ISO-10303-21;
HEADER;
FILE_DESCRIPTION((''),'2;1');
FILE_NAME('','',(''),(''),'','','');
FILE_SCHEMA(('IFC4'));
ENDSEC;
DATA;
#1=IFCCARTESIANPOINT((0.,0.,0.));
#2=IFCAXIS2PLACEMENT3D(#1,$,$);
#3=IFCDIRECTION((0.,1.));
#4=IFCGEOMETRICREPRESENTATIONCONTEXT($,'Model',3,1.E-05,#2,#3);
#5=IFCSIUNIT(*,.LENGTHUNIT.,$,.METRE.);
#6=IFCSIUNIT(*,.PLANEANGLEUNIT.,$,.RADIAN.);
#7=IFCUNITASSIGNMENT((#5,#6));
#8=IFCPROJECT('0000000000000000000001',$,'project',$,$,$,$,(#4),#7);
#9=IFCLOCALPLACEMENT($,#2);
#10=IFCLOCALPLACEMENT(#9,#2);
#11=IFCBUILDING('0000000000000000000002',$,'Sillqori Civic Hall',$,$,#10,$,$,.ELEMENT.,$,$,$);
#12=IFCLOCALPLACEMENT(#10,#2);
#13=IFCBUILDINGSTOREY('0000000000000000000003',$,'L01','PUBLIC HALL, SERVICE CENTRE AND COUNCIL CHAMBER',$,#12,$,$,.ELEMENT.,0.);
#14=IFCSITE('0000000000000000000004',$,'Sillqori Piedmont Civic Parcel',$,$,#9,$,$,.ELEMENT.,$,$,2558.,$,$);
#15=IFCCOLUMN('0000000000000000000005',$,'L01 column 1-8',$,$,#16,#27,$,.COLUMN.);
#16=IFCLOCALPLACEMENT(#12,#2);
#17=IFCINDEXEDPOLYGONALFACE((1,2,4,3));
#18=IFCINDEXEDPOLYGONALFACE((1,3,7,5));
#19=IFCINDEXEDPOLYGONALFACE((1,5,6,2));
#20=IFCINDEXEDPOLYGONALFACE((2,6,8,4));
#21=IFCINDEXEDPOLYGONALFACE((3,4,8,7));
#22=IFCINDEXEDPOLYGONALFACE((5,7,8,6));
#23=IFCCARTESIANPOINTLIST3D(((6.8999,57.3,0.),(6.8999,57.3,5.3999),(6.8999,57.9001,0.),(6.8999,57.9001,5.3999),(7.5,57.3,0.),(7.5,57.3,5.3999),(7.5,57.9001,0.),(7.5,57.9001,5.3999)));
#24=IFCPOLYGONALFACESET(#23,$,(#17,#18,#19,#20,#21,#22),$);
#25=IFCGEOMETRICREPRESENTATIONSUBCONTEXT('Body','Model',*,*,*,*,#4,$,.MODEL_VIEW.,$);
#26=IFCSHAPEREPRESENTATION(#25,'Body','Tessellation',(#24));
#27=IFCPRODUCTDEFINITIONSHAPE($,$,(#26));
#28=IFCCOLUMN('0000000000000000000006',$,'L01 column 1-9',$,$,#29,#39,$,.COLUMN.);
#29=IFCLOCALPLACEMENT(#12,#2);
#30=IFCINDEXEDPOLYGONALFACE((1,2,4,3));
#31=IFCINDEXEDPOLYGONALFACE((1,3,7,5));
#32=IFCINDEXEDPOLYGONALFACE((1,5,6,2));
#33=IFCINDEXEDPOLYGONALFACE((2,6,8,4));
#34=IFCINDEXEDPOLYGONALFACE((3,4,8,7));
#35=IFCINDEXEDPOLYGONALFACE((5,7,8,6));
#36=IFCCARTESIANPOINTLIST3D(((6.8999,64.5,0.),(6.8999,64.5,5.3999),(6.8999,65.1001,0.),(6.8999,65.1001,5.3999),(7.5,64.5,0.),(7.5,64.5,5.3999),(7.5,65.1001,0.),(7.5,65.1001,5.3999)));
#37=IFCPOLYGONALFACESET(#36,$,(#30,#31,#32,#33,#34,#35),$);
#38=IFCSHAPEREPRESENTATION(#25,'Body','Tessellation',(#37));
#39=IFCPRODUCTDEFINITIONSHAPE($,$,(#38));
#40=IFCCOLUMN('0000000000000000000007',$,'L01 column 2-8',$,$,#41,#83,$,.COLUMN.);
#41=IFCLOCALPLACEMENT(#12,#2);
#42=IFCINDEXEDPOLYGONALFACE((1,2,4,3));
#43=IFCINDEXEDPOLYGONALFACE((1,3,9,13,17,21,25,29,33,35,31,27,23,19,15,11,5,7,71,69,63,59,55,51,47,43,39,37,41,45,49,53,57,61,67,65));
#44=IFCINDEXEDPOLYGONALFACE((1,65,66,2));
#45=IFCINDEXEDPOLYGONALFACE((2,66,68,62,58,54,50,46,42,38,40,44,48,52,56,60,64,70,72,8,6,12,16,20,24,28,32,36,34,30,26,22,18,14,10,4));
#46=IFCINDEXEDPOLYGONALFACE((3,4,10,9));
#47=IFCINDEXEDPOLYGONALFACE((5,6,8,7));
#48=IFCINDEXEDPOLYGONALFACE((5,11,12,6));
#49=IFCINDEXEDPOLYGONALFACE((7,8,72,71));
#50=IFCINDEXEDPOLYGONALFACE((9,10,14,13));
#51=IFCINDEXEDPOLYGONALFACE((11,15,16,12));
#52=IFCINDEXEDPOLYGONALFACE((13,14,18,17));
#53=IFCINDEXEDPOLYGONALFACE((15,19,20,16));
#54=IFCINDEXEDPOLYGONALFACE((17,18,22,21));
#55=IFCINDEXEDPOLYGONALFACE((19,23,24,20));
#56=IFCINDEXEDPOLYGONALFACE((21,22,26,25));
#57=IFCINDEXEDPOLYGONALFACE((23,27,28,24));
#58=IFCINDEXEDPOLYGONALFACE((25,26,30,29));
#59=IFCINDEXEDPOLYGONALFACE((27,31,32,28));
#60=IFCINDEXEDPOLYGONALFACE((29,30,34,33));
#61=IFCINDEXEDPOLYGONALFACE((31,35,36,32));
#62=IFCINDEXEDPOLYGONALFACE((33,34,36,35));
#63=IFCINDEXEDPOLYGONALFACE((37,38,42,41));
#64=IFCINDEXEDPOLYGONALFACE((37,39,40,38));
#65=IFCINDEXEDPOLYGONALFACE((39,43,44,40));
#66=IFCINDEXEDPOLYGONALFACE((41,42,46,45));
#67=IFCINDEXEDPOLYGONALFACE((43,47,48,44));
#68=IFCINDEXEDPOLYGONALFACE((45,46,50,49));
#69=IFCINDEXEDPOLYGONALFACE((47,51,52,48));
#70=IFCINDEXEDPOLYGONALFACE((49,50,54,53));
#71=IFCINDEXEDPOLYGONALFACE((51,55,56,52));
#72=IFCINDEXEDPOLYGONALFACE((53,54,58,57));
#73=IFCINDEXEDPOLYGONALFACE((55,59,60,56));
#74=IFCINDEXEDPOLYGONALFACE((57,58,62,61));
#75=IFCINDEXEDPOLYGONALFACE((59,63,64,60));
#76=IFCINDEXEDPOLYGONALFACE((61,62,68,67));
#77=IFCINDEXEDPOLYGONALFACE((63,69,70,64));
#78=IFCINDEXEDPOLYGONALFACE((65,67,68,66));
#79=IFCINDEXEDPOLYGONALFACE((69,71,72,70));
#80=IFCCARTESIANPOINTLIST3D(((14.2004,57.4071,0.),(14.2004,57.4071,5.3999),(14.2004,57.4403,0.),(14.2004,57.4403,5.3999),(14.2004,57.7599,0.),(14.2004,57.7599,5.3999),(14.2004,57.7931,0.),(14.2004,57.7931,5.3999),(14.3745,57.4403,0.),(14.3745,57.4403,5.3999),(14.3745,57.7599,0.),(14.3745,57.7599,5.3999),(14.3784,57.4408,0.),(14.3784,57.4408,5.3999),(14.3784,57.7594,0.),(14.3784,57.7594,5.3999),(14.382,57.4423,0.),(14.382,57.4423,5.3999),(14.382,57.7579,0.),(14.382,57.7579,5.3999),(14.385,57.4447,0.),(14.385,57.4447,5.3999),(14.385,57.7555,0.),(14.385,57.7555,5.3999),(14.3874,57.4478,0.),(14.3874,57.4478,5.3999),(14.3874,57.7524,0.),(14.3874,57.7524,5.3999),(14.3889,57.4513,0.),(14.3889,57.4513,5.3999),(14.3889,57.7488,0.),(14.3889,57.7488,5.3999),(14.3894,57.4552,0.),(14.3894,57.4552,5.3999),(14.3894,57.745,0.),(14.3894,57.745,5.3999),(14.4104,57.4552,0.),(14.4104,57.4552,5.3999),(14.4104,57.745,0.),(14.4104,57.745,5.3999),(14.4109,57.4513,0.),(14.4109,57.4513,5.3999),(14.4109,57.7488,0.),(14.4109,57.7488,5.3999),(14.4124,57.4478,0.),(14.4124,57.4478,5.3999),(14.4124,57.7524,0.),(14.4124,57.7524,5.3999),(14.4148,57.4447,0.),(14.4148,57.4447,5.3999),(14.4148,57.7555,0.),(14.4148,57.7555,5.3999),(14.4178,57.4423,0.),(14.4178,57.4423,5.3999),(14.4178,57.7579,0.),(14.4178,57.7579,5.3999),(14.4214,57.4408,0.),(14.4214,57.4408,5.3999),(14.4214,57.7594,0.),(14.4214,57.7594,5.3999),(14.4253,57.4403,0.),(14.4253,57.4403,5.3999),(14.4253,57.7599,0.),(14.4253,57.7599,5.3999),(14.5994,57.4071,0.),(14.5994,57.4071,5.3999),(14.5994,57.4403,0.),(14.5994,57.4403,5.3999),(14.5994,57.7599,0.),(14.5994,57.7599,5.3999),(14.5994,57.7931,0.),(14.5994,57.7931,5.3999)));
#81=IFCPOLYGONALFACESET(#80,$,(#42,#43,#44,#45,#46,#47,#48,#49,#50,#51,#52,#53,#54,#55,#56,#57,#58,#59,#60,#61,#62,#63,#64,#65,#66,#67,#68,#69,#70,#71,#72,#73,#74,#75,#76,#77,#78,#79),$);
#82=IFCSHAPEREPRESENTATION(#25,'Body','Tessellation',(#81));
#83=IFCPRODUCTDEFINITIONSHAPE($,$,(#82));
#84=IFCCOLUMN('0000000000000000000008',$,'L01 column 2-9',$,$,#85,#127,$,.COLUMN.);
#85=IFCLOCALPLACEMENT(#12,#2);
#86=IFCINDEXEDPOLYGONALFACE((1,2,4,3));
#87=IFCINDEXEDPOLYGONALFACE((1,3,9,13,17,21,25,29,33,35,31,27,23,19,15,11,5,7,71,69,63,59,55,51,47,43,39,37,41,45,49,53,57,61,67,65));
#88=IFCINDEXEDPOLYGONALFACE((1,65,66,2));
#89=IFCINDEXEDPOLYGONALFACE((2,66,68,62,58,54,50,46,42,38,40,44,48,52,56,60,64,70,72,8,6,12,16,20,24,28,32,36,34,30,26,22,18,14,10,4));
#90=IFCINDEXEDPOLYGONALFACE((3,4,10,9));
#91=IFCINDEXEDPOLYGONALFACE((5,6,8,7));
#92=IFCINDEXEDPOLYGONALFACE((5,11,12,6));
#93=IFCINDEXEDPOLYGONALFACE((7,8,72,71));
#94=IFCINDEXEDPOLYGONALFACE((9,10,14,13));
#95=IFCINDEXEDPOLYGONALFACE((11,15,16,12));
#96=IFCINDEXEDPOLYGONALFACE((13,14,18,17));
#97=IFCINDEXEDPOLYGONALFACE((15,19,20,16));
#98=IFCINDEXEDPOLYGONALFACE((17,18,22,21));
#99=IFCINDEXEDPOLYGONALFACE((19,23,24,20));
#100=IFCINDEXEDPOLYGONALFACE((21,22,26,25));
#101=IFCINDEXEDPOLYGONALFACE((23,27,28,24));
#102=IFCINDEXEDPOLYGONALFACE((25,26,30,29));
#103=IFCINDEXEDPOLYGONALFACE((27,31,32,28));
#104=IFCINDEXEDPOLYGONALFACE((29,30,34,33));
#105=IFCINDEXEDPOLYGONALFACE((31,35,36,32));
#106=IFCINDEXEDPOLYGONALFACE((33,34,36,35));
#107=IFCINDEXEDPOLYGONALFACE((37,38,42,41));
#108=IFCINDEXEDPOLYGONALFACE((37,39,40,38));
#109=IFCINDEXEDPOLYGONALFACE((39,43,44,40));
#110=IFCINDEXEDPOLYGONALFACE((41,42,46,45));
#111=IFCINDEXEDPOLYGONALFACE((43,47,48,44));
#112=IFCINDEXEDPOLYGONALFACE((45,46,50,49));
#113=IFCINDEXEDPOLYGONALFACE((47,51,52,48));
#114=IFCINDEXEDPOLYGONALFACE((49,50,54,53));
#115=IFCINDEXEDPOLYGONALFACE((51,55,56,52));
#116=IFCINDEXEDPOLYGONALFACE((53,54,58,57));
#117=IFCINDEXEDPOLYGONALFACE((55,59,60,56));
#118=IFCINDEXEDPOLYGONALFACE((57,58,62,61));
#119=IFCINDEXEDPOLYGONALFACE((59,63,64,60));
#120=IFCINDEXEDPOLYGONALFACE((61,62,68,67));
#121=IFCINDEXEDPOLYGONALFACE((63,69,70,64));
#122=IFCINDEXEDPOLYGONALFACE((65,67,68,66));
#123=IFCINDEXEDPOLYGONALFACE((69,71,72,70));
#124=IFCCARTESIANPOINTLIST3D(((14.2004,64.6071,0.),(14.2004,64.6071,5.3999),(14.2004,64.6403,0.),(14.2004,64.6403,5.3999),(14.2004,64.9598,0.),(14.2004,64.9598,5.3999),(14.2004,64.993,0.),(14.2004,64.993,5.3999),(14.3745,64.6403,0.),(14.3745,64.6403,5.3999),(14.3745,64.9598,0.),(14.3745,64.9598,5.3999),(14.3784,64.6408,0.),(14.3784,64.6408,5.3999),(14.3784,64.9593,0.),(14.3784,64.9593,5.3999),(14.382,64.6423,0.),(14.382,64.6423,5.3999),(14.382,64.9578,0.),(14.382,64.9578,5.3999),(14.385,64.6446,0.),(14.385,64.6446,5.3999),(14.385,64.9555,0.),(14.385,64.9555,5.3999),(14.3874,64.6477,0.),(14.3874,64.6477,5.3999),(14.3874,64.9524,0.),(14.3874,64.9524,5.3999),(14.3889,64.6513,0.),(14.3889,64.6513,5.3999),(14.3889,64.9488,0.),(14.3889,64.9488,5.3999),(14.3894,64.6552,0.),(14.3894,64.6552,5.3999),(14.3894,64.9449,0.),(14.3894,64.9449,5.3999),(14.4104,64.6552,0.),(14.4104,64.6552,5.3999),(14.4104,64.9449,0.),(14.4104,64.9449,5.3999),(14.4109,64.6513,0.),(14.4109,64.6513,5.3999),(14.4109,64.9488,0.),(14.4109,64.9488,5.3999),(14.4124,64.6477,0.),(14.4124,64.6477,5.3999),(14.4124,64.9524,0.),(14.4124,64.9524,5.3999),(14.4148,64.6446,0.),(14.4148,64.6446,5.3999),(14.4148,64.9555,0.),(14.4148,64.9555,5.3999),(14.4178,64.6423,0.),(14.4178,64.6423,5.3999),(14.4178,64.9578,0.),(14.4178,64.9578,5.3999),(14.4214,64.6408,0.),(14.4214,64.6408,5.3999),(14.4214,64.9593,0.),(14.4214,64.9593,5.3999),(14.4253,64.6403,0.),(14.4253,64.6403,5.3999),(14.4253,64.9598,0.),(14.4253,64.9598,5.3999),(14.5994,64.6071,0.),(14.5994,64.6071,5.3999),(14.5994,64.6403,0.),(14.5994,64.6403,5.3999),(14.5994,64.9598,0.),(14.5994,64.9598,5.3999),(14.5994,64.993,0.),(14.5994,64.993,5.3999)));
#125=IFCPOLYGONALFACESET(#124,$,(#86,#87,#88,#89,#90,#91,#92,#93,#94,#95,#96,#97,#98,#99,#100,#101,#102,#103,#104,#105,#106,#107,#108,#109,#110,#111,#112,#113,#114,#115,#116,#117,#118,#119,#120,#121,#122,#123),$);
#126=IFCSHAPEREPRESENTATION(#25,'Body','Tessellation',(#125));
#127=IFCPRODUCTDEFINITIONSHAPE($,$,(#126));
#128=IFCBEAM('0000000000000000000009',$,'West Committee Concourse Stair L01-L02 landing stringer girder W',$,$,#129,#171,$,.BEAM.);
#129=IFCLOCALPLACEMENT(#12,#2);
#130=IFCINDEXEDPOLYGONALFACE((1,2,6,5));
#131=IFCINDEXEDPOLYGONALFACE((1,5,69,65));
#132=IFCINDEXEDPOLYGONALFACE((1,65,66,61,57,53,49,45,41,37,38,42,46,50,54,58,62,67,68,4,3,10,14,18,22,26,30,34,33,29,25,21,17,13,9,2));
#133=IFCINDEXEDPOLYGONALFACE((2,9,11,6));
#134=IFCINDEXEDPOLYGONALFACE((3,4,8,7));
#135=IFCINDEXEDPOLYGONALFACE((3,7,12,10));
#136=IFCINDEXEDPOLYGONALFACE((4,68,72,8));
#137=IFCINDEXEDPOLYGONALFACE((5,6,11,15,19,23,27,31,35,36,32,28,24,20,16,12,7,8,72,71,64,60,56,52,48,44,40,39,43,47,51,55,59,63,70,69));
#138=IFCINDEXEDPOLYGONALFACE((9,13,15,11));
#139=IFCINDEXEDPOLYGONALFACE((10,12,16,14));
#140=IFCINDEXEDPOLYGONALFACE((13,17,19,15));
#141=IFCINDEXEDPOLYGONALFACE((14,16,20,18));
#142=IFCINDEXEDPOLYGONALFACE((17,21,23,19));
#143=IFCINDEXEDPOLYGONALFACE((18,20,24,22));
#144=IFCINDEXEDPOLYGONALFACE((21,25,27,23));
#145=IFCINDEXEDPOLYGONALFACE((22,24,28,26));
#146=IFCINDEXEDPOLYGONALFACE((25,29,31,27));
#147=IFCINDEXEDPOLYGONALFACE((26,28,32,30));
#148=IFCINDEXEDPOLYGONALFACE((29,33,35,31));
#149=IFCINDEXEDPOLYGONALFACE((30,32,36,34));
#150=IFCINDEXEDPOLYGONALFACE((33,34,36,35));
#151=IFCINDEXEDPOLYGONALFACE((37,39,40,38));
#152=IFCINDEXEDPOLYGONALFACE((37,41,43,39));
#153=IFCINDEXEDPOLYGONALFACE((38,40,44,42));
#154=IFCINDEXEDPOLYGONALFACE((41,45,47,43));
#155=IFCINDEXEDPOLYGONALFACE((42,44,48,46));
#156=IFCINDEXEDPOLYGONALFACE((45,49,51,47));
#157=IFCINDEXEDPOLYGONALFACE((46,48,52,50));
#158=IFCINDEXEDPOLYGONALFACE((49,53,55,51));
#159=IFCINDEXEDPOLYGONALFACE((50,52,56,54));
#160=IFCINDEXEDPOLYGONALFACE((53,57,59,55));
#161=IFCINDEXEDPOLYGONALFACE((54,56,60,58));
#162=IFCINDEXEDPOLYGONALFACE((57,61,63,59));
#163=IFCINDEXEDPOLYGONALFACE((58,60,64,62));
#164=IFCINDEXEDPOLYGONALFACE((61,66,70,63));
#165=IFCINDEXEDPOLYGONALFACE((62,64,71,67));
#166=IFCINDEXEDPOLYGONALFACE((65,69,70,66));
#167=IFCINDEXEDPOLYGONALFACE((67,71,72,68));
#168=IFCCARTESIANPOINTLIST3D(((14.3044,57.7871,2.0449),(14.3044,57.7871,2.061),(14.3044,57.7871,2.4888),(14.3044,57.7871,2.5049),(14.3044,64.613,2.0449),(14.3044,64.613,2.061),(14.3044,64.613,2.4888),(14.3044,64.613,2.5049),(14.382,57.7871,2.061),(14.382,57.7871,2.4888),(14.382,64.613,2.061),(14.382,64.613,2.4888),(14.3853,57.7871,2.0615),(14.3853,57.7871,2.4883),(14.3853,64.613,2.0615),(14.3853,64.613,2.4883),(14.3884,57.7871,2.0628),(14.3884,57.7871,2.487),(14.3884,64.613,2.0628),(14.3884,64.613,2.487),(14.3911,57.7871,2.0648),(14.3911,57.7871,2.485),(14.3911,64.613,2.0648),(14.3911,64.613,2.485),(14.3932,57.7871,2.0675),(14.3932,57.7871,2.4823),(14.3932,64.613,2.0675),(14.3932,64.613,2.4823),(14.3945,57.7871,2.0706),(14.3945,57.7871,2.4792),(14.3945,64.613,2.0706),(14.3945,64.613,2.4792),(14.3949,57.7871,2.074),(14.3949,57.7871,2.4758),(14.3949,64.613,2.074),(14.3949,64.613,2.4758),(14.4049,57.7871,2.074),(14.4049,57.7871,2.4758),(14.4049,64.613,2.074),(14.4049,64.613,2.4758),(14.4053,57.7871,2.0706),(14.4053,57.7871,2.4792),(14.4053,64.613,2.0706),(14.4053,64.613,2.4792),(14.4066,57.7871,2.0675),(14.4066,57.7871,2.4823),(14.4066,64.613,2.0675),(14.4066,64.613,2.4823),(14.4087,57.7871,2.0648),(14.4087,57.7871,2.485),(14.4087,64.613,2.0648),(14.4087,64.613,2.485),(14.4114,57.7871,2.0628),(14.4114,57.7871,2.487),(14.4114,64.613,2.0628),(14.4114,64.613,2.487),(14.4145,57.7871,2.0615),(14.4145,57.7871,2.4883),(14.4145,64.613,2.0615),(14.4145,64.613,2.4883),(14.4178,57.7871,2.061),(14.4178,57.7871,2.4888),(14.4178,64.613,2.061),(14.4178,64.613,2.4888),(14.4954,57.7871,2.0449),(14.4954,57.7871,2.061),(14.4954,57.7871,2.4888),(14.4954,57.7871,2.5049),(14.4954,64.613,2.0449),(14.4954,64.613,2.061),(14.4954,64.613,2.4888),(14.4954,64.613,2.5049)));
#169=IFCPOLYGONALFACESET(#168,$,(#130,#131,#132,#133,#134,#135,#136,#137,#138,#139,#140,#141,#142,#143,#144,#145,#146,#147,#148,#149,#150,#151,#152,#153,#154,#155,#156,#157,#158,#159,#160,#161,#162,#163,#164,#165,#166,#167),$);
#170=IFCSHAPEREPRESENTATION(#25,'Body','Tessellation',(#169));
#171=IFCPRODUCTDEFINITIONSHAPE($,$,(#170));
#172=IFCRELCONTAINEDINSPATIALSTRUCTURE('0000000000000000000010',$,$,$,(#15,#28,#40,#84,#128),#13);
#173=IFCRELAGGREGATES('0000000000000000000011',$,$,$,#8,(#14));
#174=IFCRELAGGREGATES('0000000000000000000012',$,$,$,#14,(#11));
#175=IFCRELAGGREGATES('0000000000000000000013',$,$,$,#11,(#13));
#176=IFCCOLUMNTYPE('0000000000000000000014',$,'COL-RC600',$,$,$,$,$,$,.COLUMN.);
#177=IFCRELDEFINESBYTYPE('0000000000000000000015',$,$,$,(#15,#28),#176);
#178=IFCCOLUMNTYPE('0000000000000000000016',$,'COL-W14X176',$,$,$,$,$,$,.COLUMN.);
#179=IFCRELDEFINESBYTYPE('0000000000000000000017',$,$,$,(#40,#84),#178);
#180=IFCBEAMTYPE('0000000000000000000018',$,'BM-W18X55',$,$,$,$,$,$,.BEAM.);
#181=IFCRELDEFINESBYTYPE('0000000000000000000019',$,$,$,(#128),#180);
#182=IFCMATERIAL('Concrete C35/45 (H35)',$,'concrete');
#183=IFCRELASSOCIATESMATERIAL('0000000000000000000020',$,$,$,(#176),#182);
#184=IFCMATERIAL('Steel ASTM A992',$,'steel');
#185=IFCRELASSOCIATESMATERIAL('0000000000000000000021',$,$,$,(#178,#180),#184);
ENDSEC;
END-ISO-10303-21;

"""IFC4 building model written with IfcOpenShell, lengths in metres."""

from ifc_helpers import new_model, si_unit, direction, frame, origin, origin_2d, place, context, subcontext, project, spatial, rectangle, i_section, extrude, material, material_profile, profile_set, type_object, element, save


model = new_model("IFC4")

# Units and contexts
model_context = context("Model", 3, precision=1e-05, world=origin(), true_north=direction((0.0, 1.0)))
body_context = subcontext(model_context, "Body", "Model", "MODEL_VIEW")
ifc_project = project(units=[si_unit("LENGTHUNIT", "METRE"), si_unit("PLANEANGLEUNIT", "RADIAN")], contexts=[model_context])

# Site, building, storey
site_placement = place(None, origin())
site = spatial("IfcSite", under=ifc_project, at=site_placement, Name="Sillqori Piedmont Civic Parcel", CompositionType="ELEMENT", RefElevation=2558.0)
building_placement = place(site_placement, origin())
building = spatial("IfcBuilding", under=site, at=building_placement, Name="Sillqori Civic Hall", CompositionType="ELEMENT")
storey_placement = place(building_placement, origin())
storey = spatial("IfcBuildingStorey", under=building, at=storey_placement, Name="L01", Description="PUBLIC HALL, SERVICE CENTRE AND COUNCIL CHAMBER", CompositionType="ELEMENT", Elevation=0.0)

# Columns
ifc_material_1 = material(Name="Concrete C35/45 (H35)", Category="concrete")
ifc_material_profile_1 = material_profile(ifc_material_1, rectangle(XDim=0.6001, YDim=0.6001, at=origin_2d()), Name="RC 600x600")
ifc_profile_set_1 = profile_set([ifc_material_profile_1], Name="Concrete C35/45 (H35)")
column_type_1 = type_object("IfcColumnType", Name="COL-RC600", PredefinedType="COLUMN", material=ifc_profile_set_1)
for number, where, z_axis, x_axis, name in (
    (1, (7.2, 57.6001, 0.0), (0.0, 0.0, 1.0), (1.0, 0.0, 0.0), "L01 column 1-8"),
    (2, (7.2, 64.8, 0.0), (0.0, 0.0, 1.0), (1.0, 0.0, 0.0), "L01 column 1-9"),
):
    element("IfcColumn", number, at=place(storey_placement, frame(where, z_axis=z_axis, x_axis=x_axis)), inside=storey, type_object=column_type_1, Name=name, PredefinedType="COLUMN", context=body_context, shape_type="SweptSolid", body=[
        extrude(rectangle(XDim=0.6001, YDim=0.6001, at=origin_2d()), origin(), (0.0, 0.0, 1.0), 5.3999),
    ])
ifc_material_2 = material(Name="Steel ASTM A992", Category="steel")
ifc_material_profile_2 = material_profile(ifc_material_2, i_section(OverallWidth=0.3989, OverallDepth=0.386, WebThickness=0.021, FlangeThickness=0.0332, FilletRadius=0.0149, at=origin_2d()), Name="W14X176")
ifc_profile_set_2 = profile_set([ifc_material_profile_2], Name="Steel ASTM A992")
column_type_2 = type_object("IfcColumnType", Name="COL-W14X176", PredefinedType="COLUMN", material=ifc_profile_set_2)
for number, where, z_axis, x_axis, name in (
    (3, (14.3999, 57.6001, 0.0), (0.0, 0.0, 1.0), (1.0, 0.0, 0.0), "L01 column 2-8"),
    (4, (14.3999, 64.8, 0.0), (0.0, 0.0, 1.0), (1.0, 0.0, 0.0), "L01 column 2-9"),
):
    element("IfcColumn", number, at=place(storey_placement, frame(where, z_axis=z_axis, x_axis=x_axis)), inside=storey, type_object=column_type_2, Name=name, PredefinedType="COLUMN", context=body_context, shape_type="SweptSolid", body=[
        extrude(i_section(OverallWidth=0.3989, OverallDepth=0.386, WebThickness=0.021, FlangeThickness=0.0332, FilletRadius=0.0149, at=origin_2d()), origin(), (0.0, 0.0, 1.0), 5.3999),
    ])

# Beam
ifc_material_profile_3 = material_profile(ifc_material_2, i_section(OverallWidth=0.1909, OverallDepth=0.46, WebThickness=0.01, FlangeThickness=0.0161, FilletRadius=0.0129, at=origin_2d()), Name="W18X55")
ifc_profile_set_3 = profile_set([ifc_material_profile_3], Name="Steel ASTM A992")
beam_type_1 = type_object("IfcBeamType", Name="BM-W18X55", PredefinedType="BEAM", material=ifc_profile_set_3)
beam_1_placement = place(storey_placement, frame((14.3999, 57.7871, 2.2749), z_axis=(0.0, 1.0, 0.0), x_axis=(-1.0, 0.0, 0.0)))
element("IfcBeam", 5, at=beam_1_placement, inside=storey, type_object=beam_type_1, Name="West Committee Concourse Stair L01-L02 landing stringer girder W", PredefinedType="BEAM", context=body_context, shape_type="SweptSolid", body=[
    extrude(i_section(OverallWidth=0.1909, OverallDepth=0.46, WebThickness=0.01, FlangeThickness=0.0161, FilletRadius=0.0129, at=origin_2d()), origin(), (0.0, 0.0, 1.0), 6.8259),
])

save(model, "model.ifc")
